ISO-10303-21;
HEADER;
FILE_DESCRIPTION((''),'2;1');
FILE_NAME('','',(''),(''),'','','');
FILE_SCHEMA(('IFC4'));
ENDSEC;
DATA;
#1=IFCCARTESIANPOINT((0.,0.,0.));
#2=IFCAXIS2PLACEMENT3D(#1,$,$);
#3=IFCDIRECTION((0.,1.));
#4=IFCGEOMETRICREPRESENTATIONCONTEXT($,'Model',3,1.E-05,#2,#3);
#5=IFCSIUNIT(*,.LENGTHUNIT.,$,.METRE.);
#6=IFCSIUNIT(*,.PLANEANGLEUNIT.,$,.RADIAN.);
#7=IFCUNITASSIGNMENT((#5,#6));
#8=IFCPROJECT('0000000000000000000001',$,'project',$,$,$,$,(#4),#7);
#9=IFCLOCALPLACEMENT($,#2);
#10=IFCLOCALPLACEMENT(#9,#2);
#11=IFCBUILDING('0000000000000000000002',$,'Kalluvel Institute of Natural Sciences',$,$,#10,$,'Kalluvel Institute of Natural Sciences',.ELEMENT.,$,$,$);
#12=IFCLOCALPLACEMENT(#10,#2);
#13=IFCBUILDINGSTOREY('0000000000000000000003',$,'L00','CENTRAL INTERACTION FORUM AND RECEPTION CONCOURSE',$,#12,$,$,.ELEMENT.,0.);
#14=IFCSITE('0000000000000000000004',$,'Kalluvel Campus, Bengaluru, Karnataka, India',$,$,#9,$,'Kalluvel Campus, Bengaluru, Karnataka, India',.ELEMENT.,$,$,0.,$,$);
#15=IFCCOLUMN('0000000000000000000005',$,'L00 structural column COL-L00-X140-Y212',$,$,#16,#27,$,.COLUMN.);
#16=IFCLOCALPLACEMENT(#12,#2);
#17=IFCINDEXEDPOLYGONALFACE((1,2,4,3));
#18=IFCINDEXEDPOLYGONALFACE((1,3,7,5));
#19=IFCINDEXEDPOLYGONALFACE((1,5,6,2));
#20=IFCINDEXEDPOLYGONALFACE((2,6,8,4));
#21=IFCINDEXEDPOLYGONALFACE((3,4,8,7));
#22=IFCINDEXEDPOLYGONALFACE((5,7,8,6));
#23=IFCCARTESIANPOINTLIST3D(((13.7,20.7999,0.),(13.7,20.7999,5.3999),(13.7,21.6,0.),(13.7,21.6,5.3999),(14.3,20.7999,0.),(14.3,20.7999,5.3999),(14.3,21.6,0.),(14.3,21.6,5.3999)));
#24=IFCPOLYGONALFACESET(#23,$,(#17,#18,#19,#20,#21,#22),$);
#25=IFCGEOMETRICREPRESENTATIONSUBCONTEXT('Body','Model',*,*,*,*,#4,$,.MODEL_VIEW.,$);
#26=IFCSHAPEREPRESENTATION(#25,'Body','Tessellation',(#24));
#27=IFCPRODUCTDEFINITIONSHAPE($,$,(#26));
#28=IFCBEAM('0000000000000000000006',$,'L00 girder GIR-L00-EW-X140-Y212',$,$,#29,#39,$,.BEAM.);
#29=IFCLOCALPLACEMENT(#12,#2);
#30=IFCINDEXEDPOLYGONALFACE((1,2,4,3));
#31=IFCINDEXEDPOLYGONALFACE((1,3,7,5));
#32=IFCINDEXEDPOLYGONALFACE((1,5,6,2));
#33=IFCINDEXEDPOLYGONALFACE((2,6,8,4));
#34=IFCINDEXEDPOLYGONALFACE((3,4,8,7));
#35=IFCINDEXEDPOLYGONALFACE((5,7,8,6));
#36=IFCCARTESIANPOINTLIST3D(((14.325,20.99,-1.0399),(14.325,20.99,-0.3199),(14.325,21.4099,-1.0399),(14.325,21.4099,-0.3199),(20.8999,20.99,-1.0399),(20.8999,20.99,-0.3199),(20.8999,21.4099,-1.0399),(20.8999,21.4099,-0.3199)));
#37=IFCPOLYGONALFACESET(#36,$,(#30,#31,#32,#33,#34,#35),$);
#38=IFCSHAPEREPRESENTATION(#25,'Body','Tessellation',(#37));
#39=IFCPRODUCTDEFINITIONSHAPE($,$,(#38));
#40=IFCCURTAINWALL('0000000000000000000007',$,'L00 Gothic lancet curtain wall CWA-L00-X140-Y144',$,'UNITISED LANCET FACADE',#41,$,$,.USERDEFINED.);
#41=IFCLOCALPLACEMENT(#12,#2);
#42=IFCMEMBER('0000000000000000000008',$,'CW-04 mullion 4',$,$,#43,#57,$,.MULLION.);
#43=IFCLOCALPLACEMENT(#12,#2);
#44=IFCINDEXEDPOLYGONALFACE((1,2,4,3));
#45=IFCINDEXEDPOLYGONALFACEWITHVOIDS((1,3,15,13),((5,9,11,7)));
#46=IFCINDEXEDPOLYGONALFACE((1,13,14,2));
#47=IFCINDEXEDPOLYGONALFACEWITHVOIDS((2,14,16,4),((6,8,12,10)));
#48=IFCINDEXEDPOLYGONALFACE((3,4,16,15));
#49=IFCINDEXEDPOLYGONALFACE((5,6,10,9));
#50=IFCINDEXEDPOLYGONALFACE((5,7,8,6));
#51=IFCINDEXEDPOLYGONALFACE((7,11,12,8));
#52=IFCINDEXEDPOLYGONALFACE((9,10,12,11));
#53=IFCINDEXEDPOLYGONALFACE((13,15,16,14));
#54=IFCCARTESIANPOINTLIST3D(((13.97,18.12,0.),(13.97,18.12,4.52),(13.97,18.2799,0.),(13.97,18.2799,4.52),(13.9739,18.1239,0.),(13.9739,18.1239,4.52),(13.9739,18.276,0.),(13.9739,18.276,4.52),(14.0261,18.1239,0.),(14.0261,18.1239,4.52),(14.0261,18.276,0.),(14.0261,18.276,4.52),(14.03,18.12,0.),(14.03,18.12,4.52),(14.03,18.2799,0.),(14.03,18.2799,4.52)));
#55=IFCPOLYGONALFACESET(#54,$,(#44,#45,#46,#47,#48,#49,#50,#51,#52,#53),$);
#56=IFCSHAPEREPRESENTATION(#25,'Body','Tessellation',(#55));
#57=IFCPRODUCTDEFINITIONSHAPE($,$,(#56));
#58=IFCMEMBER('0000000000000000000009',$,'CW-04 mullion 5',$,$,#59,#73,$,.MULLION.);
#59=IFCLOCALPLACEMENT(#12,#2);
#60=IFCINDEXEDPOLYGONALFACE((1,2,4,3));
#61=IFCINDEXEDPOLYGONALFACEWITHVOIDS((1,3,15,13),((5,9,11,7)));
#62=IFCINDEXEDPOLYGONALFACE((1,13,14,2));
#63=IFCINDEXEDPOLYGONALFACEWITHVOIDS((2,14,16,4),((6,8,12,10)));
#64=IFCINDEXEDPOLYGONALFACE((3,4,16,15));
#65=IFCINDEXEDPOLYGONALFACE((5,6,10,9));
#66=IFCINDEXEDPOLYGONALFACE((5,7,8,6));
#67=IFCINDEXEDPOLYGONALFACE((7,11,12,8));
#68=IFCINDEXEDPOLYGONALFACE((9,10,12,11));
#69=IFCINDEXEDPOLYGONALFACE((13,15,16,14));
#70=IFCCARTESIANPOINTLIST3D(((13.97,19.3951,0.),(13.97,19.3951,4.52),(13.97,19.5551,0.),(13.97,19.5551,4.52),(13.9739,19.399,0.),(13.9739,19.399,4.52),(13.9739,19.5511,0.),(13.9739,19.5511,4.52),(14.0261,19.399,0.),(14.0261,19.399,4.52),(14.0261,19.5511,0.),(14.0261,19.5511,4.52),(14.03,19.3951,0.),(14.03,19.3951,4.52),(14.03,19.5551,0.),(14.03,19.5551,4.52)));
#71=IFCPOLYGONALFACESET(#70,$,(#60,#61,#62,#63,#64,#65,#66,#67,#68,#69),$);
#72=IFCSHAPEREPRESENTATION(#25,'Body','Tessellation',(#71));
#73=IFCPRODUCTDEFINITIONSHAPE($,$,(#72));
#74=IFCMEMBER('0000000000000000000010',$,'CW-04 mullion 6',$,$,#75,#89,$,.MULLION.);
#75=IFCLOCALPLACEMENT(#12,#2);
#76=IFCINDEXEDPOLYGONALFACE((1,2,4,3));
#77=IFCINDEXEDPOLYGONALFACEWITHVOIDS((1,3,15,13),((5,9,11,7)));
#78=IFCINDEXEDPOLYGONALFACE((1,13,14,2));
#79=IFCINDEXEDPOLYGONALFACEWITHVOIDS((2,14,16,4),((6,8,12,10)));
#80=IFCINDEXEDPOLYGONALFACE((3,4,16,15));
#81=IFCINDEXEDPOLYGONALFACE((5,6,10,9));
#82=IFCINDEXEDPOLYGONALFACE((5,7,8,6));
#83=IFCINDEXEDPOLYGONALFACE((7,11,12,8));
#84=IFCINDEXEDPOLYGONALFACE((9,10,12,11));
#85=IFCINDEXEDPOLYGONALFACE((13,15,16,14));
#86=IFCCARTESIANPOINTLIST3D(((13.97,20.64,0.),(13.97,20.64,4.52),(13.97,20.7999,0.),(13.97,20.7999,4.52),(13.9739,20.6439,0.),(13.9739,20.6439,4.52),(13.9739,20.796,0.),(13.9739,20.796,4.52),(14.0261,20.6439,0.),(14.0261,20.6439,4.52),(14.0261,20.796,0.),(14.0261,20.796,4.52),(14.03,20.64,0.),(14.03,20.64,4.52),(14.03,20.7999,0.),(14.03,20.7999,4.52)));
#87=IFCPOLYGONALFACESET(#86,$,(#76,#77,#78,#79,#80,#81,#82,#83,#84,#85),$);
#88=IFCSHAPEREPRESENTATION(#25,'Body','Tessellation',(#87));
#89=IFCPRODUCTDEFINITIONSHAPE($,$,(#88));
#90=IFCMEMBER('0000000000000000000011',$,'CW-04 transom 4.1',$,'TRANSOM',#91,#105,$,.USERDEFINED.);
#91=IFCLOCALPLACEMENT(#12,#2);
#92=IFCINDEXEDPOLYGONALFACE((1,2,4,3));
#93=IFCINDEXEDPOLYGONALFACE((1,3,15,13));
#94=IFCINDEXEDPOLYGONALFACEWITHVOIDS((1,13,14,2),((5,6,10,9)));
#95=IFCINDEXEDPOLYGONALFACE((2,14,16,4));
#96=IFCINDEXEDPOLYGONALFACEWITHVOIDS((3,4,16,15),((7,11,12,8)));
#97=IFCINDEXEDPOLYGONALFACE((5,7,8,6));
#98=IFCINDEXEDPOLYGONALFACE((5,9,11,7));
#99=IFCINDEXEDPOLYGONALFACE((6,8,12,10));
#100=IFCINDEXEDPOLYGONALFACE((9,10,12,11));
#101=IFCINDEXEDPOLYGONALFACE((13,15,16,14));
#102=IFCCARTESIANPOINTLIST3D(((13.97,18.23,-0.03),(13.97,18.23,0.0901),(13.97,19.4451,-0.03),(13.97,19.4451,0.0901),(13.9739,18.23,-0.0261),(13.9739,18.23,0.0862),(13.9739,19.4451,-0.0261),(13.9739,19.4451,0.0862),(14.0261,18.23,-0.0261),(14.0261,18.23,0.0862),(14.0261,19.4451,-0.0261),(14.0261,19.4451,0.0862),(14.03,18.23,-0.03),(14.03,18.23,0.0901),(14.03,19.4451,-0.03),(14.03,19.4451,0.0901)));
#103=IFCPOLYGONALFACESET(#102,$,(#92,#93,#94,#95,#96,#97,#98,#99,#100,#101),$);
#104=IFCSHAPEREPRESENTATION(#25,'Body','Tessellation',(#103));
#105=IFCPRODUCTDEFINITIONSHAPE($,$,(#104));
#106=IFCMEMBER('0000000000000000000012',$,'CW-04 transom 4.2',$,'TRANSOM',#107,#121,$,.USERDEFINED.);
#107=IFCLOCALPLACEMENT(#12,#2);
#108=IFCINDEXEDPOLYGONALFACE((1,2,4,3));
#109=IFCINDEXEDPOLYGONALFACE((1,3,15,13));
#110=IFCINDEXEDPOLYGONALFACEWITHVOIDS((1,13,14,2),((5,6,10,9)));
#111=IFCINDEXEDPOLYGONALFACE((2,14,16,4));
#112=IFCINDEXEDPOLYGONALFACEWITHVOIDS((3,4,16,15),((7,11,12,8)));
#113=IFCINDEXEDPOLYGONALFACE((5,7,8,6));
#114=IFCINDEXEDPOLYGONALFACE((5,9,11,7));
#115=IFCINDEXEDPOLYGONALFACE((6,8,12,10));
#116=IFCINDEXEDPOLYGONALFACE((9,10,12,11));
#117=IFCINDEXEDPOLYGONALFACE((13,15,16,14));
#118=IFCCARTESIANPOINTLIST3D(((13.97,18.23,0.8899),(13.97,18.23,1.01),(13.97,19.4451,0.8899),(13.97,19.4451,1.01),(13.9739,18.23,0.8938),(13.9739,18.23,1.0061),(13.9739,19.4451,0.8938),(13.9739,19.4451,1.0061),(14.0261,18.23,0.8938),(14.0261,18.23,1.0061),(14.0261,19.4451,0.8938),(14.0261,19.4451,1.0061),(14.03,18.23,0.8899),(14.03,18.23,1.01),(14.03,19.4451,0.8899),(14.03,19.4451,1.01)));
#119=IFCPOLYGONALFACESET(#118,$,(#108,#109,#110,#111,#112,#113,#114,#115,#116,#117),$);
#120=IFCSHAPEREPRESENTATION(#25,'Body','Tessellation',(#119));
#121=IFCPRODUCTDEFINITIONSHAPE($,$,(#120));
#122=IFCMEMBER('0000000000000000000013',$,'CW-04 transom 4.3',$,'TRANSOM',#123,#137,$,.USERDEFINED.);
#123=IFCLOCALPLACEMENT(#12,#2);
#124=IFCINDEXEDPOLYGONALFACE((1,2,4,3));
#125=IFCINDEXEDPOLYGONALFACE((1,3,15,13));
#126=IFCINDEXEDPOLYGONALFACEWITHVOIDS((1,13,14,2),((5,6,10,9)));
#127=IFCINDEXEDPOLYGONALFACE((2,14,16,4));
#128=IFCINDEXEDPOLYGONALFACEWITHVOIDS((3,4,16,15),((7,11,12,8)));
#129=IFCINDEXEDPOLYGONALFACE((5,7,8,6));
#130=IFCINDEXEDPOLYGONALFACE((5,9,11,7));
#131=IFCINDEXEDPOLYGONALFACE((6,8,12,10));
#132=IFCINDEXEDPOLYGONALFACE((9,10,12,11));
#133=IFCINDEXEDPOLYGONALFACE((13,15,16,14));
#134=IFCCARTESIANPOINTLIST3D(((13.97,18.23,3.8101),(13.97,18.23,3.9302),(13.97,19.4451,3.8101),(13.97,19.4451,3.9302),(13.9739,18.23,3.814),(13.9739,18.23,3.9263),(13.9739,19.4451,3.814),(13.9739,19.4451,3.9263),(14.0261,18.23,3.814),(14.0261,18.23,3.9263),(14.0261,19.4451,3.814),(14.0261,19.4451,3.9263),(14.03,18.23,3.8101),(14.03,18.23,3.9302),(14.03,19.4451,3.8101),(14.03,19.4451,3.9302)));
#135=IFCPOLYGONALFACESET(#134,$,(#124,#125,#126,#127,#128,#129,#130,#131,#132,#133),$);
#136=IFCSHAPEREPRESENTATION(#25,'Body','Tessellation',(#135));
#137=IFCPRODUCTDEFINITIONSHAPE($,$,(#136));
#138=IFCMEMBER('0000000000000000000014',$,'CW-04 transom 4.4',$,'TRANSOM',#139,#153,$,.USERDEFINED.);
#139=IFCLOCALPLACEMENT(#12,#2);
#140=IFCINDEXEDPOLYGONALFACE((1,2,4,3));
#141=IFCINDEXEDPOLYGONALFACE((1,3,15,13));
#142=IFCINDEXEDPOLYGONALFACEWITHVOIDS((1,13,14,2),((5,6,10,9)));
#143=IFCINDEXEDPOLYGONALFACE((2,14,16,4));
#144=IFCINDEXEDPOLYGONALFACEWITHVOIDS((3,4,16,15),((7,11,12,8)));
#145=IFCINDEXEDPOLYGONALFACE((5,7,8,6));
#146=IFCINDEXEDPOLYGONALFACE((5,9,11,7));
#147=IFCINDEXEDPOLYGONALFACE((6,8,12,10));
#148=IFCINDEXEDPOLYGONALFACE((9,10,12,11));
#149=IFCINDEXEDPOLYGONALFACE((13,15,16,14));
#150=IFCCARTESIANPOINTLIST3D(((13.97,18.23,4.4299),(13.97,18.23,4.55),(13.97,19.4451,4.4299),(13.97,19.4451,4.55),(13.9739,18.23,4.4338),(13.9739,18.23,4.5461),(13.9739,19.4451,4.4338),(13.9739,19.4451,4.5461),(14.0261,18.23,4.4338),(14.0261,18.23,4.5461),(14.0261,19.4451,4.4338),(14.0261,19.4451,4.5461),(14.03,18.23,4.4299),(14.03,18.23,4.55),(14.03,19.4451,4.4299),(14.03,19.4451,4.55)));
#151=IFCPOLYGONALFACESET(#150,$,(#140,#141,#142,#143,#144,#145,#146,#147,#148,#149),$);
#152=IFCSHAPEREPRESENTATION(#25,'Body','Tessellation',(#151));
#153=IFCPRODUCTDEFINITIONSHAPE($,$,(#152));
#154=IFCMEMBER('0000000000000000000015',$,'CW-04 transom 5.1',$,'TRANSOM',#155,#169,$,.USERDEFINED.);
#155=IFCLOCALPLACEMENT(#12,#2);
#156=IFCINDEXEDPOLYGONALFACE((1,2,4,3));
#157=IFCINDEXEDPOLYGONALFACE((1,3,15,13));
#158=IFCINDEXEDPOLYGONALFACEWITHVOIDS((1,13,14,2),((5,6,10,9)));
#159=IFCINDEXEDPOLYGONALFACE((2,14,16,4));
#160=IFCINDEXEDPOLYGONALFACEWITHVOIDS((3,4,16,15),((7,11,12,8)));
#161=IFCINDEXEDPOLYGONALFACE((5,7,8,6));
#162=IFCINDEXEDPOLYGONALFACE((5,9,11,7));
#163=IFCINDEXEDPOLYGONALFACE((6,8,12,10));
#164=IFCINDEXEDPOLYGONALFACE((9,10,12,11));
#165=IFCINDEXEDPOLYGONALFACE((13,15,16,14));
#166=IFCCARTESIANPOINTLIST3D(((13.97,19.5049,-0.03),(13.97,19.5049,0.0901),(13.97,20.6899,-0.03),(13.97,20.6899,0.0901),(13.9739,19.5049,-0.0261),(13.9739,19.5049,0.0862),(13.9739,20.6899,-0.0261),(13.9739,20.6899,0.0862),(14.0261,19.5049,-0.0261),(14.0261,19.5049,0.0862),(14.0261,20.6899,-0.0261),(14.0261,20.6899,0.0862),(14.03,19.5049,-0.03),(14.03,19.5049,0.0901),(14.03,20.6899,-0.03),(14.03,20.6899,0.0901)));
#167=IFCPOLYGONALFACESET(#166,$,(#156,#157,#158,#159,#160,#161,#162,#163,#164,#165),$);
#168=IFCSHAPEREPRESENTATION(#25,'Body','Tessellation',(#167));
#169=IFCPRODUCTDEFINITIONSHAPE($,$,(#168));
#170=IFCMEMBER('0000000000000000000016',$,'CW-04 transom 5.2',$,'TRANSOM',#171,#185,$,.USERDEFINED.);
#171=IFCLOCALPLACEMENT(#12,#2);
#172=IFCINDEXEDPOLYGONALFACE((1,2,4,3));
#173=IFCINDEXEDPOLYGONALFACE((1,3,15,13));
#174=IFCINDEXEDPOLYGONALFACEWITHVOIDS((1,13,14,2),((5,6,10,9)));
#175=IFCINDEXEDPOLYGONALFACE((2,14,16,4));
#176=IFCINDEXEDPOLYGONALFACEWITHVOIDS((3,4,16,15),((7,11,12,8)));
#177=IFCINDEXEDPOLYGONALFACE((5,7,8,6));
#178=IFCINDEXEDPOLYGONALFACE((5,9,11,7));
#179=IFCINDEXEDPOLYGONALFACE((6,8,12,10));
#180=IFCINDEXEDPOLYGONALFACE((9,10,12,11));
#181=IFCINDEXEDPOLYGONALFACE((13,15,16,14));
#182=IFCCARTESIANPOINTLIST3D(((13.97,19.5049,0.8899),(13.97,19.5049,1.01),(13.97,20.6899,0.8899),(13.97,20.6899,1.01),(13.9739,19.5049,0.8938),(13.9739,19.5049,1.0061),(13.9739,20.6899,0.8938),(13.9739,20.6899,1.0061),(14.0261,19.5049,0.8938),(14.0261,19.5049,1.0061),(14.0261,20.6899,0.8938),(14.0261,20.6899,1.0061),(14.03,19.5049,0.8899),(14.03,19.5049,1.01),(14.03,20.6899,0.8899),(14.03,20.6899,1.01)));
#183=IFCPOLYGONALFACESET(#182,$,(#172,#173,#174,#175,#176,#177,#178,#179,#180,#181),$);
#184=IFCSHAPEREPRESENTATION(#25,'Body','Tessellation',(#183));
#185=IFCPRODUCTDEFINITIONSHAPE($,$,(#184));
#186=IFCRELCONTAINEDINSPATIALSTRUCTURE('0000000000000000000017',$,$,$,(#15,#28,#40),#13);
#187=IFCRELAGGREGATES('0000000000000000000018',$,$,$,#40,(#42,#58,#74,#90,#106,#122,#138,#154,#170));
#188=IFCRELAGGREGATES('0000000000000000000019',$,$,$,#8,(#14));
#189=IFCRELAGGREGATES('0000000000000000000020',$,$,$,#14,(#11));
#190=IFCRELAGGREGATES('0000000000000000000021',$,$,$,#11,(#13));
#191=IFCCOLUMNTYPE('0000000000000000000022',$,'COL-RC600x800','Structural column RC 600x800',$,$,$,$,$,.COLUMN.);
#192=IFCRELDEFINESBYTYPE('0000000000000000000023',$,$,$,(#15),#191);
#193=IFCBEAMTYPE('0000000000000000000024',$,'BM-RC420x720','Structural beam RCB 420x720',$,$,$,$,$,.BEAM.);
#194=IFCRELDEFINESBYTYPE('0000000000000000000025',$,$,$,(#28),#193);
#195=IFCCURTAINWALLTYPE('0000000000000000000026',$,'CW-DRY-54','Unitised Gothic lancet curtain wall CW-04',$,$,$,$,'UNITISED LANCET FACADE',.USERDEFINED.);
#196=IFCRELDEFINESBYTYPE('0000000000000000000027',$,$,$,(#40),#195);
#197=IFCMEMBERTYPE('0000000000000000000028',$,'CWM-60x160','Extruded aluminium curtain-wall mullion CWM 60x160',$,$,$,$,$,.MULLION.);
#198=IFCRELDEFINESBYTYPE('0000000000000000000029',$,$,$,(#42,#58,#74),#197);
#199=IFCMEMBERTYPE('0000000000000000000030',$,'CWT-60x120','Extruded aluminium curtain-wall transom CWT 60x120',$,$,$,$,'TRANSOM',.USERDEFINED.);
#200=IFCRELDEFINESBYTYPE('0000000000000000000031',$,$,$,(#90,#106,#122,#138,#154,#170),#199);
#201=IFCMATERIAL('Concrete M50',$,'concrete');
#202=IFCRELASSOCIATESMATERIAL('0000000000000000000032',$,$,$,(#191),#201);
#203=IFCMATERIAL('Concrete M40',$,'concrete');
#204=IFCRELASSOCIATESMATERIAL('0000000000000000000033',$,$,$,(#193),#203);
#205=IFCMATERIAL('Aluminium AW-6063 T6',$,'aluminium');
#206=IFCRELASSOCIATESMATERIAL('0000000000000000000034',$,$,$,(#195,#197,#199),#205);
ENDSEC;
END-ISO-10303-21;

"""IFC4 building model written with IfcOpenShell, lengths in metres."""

from ifc_helpers import new_model, si_unit, direction, frame, origin, origin_2d, place, context, subcontext, project, spatial, rectangle, hollow_rectangle, extrude, material, material_profile, profile_set, type_object, element, aggregate, save


model = new_model("IFC4")

# Units and contexts
model_context = context("Model", 3, precision=1e-05, world=origin(), true_north=direction((0.0, 1.0)))
body_context = subcontext(model_context, "Body", "Model", "MODEL_VIEW")
ifc_project = project(units=[si_unit("LENGTHUNIT", "METRE"), si_unit("PLANEANGLEUNIT", "RADIAN")], contexts=[model_context])

# Site, building, storey
site_placement = place(None, origin())
site = spatial("IfcSite", under=ifc_project, at=site_placement, Name="Kalluvel Campus, Bengaluru, Karnataka, India", LongName="Kalluvel Campus, Bengaluru, Karnataka, India", CompositionType="ELEMENT", RefElevation=0.0)
building_placement = place(site_placement, origin())
building = spatial("IfcBuilding", under=site, at=building_placement, Name="Kalluvel Institute of Natural Sciences", LongName="Kalluvel Institute of Natural Sciences", CompositionType="ELEMENT")
storey_placement = place(building_placement, origin())
storey = spatial("IfcBuildingStorey", under=building, at=storey_placement, Name="L00", Description="CENTRAL INTERACTION FORUM AND RECEPTION CONCOURSE", CompositionType="ELEMENT", Elevation=0.0)

# Column
ifc_material_1 = material(Name="Concrete M50", Category="concrete")
ifc_material_profile_1 = material_profile(ifc_material_1, rectangle(XDim=0.6001, YDim=0.8, at=origin_2d()), Name="RC 600x800")
ifc_profile_set_1 = profile_set([ifc_material_profile_1], Name="Concrete M50")
column_type = type_object("IfcColumnType", Name="COL-RC600x800", Description="Structural column RC 600x800", PredefinedType="COLUMN", material=ifc_profile_set_1)
column_placement = place(storey_placement, frame((14.0, 21.2, 0.0), z_axis=(0.0, 0.0, 1.0), x_axis=(1.0, 0.0, 0.0)))
element("IfcColumn", 1, at=column_placement, inside=storey, type_object=column_type, Name="L00 structural column COL-L00-X140-Y212", PredefinedType="COLUMN", context=body_context, shape_type="SweptSolid", body=[
    extrude(rectangle(XDim=0.6001, YDim=0.8, at=origin_2d()), origin(), (0.0, 0.0, 1.0), 5.3999),
])

# Beam
ifc_material_2 = material(Name="Concrete M40", Category="concrete")
ifc_material_profile_2 = material_profile(ifc_material_2, rectangle(XDim=0.4199, YDim=0.72, at=origin_2d()), Name="RCB 420x720")
ifc_profile_set_2 = profile_set([ifc_material_profile_2], Name="Concrete M40")
beam_type_1 = type_object("IfcBeamType", Name="BM-RC420x720", Description="Structural beam RCB 420x720", PredefinedType="BEAM", material=ifc_profile_set_2)
beam_1_placement = place(storey_placement, frame((14.325, 21.2, -0.6799), z_axis=(1.0, 0.0, 0.0), x_axis=(0.0, 1.0, 0.0)))
element("IfcBeam", 2, at=beam_1_placement, inside=storey, type_object=beam_type_1, Name="L00 girder GIR-L00-EW-X140-Y212", PredefinedType="BEAM", context=body_context, shape_type="SweptSolid", body=[
    extrude(rectangle(XDim=0.4199, YDim=0.72, at=origin_2d()), origin(), (0.0, 0.0, 1.0), 6.575),
])

# Curtain wall, members
ifc_material_3 = material(Name="Aluminium AW-6063 T6", Category="aluminium")
curtain_wall_type = type_object("IfcCurtainWallType", Name="CW-DRY-54", Description="Unitised Gothic lancet curtain wall CW-04", ElementType="UNITISED LANCET FACADE", PredefinedType="USERDEFINED", material=ifc_material_3)
curtain_wall_placement = place(storey_placement, origin())
curtain_wall = element("IfcCurtainWall", 3, at=curtain_wall_placement, inside=storey, type_object=curtain_wall_type, Name="L00 Gothic lancet curtain wall CWA-L00-X140-Y144", ObjectType="UNITISED LANCET FACADE", PredefinedType="USERDEFINED")
ifc_material_profile_3 = material_profile(ifc_material_3, hollow_rectangle(XDim=0.0601, YDim=0.1599, WallThickness=0.0039, at=origin_2d()), Name="CWM 60x160")
ifc_profile_set_3 = profile_set([ifc_material_profile_3], Name="Aluminium AW-6063 T6")
member_type_1 = type_object("IfcMemberType", Name="CWM-60x160", Description="Extruded aluminium curtain-wall mullion CWM 60x160", PredefinedType="MULLION", material=ifc_profile_set_3)
member_1_placement = place(storey_placement, frame((14.0, 18.2, 0.0), z_axis=(0.0, 0.0, 1.0), x_axis=(-1.0, 0.0, 0.0)))
member_1 = element("IfcMember", 4, at=member_1_placement, type_object=member_type_1, Name="CW-04 mullion 4", PredefinedType="MULLION", context=body_context, shape_type="SweptSolid", body=[
    extrude(hollow_rectangle(XDim=0.0601, YDim=0.1599, WallThickness=0.0039, at=origin_2d()), origin(), (0.0, 0.0, 1.0), 4.52),
])
member_2_placement = place(storey_placement, frame((14.0, 19.4751, 0.0), z_axis=(0.0, 0.0, 1.0), x_axis=(-1.0, 0.0, 0.0)))
member_2 = element("IfcMember", 5, at=member_2_placement, type_object=member_type_1, Name="CW-04 mullion 5", PredefinedType="MULLION", context=body_context, shape_type="SweptSolid", body=[
    extrude(hollow_rectangle(XDim=0.0601, YDim=0.1599, WallThickness=0.0039, at=origin_2d()), origin(), (0.0, 0.0, 1.0), 4.52),
])
member_3_placement = place(storey_placement, frame((14.0, 20.72, 0.0), z_axis=(0.0, 0.0, 1.0), x_axis=(-1.0, 0.0, 0.0)))
member_3 = element("IfcMember", 6, at=member_3_placement, type_object=member_type_1, Name="CW-04 mullion 6", PredefinedType="MULLION", context=body_context, shape_type="SweptSolid", body=[
    extrude(hollow_rectangle(XDim=0.0601, YDim=0.1599, WallThickness=0.0039, at=origin_2d()), origin(), (0.0, 0.0, 1.0), 4.52),
])
ifc_material_profile_4 = material_profile(ifc_material_3, hollow_rectangle(XDim=0.0601, YDim=0.1201, WallThickness=0.0039, at=origin_2d()), Name="CWT 60x120")
ifc_profile_set_4 = profile_set([ifc_material_profile_4], Name="Aluminium AW-6063 T6")
member_type_2 = type_object("IfcMemberType", Name="CWT-60x120", Description="Extruded aluminium curtain-wall transom CWT 60x120", ElementType="TRANSOM", PredefinedType="USERDEFINED", material=ifc_profile_set_4)
member_4_placement = place(storey_placement, frame((14.0, 18.23, 0.03), z_axis=(0.0, 1.0, 0.0), x_axis=(-1.0, 0.0, 0.0)))
member_4 = element("IfcMember", 7, at=member_4_placement, type_object=member_type_2, Name="CW-04 transom 4.1", ObjectType="TRANSOM", PredefinedType="USERDEFINED", context=body_context, shape_type="SweptSolid", body=[
    extrude(hollow_rectangle(XDim=0.0601, YDim=0.1201, WallThickness=0.0039, at=origin_2d()), origin(), (0.0, 0.0, 1.0), 1.2151),
])
member_5_placement = place(storey_placement, frame((14.0, 18.23, 0.95), z_axis=(0.0, 1.0, 0.0), x_axis=(-1.0, 0.0, 0.0)))
member_5 = element("IfcMember", 8, at=member_5_placement, type_object=member_type_2, Name="CW-04 transom 4.2", ObjectType="TRANSOM", PredefinedType="USERDEFINED", context=body_context, shape_type="SweptSolid", body=[
    extrude(hollow_rectangle(XDim=0.0601, YDim=0.1201, WallThickness=0.0039, at=origin_2d()), origin(), (0.0, 0.0, 1.0), 1.2151),
])
member_6_placement = place(storey_placement, frame((14.0, 18.23, 3.8701), z_axis=(0.0, 1.0, 0.0), x_axis=(-1.0, 0.0, 0.0)))
member_6 = element("IfcMember", 9, at=member_6_placement, type_object=member_type_2, Name="CW-04 transom 4.3", ObjectType="TRANSOM", PredefinedType="USERDEFINED", context=body_context, shape_type="SweptSolid", body=[
    extrude(hollow_rectangle(XDim=0.0601, YDim=0.1201, WallThickness=0.0039, at=origin_2d()), origin(), (0.0, 0.0, 1.0), 1.2151),
])
member_7_placement = place(storey_placement, frame((14.0, 18.23, 4.49), z_axis=(0.0, 1.0, 0.0), x_axis=(-1.0, 0.0, 0.0)))
member_7 = element("IfcMember", 10, at=member_7_placement, type_object=member_type_2, Name="CW-04 transom 4.4", ObjectType="TRANSOM", PredefinedType="USERDEFINED", context=body_context, shape_type="SweptSolid", body=[
    extrude(hollow_rectangle(XDim=0.0601, YDim=0.1201, WallThickness=0.0039, at=origin_2d()), origin(), (0.0, 0.0, 1.0), 1.2151),
])
member_8_placement = place(storey_placement, frame((14.0, 19.5049, 0.03), z_axis=(0.0, 1.0, 0.0), x_axis=(-1.0, 0.0, 0.0)))
member_8 = element("IfcMember", 11, at=member_8_placement, type_object=member_type_2, Name="CW-04 transom 5.1", ObjectType="TRANSOM", PredefinedType="USERDEFINED", context=body_context, shape_type="SweptSolid", body=[
    extrude(hollow_rectangle(XDim=0.0601, YDim=0.1201, WallThickness=0.0039, at=origin_2d()), origin(), (0.0, 0.0, 1.0), 1.1851),
])
member_9_placement = place(storey_placement, frame((14.0, 19.5049, 0.95), z_axis=(0.0, 1.0, 0.0), x_axis=(-1.0, 0.0, 0.0)))
member_9 = element("IfcMember", 12, at=member_9_placement, type_object=member_type_2, Name="CW-04 transom 5.2", ObjectType="TRANSOM", PredefinedType="USERDEFINED", context=body_context, shape_type="SweptSolid", body=[
    extrude(hollow_rectangle(XDim=0.0601, YDim=0.1201, WallThickness=0.0039, at=origin_2d()), origin(), (0.0, 0.0, 1.0), 1.1851),
])

aggregate(curtain_wall, [member_1, member_2, member_3, member_4, member_5, member_6, member_7, member_8, member_9])

save(model, "model.ifc")
